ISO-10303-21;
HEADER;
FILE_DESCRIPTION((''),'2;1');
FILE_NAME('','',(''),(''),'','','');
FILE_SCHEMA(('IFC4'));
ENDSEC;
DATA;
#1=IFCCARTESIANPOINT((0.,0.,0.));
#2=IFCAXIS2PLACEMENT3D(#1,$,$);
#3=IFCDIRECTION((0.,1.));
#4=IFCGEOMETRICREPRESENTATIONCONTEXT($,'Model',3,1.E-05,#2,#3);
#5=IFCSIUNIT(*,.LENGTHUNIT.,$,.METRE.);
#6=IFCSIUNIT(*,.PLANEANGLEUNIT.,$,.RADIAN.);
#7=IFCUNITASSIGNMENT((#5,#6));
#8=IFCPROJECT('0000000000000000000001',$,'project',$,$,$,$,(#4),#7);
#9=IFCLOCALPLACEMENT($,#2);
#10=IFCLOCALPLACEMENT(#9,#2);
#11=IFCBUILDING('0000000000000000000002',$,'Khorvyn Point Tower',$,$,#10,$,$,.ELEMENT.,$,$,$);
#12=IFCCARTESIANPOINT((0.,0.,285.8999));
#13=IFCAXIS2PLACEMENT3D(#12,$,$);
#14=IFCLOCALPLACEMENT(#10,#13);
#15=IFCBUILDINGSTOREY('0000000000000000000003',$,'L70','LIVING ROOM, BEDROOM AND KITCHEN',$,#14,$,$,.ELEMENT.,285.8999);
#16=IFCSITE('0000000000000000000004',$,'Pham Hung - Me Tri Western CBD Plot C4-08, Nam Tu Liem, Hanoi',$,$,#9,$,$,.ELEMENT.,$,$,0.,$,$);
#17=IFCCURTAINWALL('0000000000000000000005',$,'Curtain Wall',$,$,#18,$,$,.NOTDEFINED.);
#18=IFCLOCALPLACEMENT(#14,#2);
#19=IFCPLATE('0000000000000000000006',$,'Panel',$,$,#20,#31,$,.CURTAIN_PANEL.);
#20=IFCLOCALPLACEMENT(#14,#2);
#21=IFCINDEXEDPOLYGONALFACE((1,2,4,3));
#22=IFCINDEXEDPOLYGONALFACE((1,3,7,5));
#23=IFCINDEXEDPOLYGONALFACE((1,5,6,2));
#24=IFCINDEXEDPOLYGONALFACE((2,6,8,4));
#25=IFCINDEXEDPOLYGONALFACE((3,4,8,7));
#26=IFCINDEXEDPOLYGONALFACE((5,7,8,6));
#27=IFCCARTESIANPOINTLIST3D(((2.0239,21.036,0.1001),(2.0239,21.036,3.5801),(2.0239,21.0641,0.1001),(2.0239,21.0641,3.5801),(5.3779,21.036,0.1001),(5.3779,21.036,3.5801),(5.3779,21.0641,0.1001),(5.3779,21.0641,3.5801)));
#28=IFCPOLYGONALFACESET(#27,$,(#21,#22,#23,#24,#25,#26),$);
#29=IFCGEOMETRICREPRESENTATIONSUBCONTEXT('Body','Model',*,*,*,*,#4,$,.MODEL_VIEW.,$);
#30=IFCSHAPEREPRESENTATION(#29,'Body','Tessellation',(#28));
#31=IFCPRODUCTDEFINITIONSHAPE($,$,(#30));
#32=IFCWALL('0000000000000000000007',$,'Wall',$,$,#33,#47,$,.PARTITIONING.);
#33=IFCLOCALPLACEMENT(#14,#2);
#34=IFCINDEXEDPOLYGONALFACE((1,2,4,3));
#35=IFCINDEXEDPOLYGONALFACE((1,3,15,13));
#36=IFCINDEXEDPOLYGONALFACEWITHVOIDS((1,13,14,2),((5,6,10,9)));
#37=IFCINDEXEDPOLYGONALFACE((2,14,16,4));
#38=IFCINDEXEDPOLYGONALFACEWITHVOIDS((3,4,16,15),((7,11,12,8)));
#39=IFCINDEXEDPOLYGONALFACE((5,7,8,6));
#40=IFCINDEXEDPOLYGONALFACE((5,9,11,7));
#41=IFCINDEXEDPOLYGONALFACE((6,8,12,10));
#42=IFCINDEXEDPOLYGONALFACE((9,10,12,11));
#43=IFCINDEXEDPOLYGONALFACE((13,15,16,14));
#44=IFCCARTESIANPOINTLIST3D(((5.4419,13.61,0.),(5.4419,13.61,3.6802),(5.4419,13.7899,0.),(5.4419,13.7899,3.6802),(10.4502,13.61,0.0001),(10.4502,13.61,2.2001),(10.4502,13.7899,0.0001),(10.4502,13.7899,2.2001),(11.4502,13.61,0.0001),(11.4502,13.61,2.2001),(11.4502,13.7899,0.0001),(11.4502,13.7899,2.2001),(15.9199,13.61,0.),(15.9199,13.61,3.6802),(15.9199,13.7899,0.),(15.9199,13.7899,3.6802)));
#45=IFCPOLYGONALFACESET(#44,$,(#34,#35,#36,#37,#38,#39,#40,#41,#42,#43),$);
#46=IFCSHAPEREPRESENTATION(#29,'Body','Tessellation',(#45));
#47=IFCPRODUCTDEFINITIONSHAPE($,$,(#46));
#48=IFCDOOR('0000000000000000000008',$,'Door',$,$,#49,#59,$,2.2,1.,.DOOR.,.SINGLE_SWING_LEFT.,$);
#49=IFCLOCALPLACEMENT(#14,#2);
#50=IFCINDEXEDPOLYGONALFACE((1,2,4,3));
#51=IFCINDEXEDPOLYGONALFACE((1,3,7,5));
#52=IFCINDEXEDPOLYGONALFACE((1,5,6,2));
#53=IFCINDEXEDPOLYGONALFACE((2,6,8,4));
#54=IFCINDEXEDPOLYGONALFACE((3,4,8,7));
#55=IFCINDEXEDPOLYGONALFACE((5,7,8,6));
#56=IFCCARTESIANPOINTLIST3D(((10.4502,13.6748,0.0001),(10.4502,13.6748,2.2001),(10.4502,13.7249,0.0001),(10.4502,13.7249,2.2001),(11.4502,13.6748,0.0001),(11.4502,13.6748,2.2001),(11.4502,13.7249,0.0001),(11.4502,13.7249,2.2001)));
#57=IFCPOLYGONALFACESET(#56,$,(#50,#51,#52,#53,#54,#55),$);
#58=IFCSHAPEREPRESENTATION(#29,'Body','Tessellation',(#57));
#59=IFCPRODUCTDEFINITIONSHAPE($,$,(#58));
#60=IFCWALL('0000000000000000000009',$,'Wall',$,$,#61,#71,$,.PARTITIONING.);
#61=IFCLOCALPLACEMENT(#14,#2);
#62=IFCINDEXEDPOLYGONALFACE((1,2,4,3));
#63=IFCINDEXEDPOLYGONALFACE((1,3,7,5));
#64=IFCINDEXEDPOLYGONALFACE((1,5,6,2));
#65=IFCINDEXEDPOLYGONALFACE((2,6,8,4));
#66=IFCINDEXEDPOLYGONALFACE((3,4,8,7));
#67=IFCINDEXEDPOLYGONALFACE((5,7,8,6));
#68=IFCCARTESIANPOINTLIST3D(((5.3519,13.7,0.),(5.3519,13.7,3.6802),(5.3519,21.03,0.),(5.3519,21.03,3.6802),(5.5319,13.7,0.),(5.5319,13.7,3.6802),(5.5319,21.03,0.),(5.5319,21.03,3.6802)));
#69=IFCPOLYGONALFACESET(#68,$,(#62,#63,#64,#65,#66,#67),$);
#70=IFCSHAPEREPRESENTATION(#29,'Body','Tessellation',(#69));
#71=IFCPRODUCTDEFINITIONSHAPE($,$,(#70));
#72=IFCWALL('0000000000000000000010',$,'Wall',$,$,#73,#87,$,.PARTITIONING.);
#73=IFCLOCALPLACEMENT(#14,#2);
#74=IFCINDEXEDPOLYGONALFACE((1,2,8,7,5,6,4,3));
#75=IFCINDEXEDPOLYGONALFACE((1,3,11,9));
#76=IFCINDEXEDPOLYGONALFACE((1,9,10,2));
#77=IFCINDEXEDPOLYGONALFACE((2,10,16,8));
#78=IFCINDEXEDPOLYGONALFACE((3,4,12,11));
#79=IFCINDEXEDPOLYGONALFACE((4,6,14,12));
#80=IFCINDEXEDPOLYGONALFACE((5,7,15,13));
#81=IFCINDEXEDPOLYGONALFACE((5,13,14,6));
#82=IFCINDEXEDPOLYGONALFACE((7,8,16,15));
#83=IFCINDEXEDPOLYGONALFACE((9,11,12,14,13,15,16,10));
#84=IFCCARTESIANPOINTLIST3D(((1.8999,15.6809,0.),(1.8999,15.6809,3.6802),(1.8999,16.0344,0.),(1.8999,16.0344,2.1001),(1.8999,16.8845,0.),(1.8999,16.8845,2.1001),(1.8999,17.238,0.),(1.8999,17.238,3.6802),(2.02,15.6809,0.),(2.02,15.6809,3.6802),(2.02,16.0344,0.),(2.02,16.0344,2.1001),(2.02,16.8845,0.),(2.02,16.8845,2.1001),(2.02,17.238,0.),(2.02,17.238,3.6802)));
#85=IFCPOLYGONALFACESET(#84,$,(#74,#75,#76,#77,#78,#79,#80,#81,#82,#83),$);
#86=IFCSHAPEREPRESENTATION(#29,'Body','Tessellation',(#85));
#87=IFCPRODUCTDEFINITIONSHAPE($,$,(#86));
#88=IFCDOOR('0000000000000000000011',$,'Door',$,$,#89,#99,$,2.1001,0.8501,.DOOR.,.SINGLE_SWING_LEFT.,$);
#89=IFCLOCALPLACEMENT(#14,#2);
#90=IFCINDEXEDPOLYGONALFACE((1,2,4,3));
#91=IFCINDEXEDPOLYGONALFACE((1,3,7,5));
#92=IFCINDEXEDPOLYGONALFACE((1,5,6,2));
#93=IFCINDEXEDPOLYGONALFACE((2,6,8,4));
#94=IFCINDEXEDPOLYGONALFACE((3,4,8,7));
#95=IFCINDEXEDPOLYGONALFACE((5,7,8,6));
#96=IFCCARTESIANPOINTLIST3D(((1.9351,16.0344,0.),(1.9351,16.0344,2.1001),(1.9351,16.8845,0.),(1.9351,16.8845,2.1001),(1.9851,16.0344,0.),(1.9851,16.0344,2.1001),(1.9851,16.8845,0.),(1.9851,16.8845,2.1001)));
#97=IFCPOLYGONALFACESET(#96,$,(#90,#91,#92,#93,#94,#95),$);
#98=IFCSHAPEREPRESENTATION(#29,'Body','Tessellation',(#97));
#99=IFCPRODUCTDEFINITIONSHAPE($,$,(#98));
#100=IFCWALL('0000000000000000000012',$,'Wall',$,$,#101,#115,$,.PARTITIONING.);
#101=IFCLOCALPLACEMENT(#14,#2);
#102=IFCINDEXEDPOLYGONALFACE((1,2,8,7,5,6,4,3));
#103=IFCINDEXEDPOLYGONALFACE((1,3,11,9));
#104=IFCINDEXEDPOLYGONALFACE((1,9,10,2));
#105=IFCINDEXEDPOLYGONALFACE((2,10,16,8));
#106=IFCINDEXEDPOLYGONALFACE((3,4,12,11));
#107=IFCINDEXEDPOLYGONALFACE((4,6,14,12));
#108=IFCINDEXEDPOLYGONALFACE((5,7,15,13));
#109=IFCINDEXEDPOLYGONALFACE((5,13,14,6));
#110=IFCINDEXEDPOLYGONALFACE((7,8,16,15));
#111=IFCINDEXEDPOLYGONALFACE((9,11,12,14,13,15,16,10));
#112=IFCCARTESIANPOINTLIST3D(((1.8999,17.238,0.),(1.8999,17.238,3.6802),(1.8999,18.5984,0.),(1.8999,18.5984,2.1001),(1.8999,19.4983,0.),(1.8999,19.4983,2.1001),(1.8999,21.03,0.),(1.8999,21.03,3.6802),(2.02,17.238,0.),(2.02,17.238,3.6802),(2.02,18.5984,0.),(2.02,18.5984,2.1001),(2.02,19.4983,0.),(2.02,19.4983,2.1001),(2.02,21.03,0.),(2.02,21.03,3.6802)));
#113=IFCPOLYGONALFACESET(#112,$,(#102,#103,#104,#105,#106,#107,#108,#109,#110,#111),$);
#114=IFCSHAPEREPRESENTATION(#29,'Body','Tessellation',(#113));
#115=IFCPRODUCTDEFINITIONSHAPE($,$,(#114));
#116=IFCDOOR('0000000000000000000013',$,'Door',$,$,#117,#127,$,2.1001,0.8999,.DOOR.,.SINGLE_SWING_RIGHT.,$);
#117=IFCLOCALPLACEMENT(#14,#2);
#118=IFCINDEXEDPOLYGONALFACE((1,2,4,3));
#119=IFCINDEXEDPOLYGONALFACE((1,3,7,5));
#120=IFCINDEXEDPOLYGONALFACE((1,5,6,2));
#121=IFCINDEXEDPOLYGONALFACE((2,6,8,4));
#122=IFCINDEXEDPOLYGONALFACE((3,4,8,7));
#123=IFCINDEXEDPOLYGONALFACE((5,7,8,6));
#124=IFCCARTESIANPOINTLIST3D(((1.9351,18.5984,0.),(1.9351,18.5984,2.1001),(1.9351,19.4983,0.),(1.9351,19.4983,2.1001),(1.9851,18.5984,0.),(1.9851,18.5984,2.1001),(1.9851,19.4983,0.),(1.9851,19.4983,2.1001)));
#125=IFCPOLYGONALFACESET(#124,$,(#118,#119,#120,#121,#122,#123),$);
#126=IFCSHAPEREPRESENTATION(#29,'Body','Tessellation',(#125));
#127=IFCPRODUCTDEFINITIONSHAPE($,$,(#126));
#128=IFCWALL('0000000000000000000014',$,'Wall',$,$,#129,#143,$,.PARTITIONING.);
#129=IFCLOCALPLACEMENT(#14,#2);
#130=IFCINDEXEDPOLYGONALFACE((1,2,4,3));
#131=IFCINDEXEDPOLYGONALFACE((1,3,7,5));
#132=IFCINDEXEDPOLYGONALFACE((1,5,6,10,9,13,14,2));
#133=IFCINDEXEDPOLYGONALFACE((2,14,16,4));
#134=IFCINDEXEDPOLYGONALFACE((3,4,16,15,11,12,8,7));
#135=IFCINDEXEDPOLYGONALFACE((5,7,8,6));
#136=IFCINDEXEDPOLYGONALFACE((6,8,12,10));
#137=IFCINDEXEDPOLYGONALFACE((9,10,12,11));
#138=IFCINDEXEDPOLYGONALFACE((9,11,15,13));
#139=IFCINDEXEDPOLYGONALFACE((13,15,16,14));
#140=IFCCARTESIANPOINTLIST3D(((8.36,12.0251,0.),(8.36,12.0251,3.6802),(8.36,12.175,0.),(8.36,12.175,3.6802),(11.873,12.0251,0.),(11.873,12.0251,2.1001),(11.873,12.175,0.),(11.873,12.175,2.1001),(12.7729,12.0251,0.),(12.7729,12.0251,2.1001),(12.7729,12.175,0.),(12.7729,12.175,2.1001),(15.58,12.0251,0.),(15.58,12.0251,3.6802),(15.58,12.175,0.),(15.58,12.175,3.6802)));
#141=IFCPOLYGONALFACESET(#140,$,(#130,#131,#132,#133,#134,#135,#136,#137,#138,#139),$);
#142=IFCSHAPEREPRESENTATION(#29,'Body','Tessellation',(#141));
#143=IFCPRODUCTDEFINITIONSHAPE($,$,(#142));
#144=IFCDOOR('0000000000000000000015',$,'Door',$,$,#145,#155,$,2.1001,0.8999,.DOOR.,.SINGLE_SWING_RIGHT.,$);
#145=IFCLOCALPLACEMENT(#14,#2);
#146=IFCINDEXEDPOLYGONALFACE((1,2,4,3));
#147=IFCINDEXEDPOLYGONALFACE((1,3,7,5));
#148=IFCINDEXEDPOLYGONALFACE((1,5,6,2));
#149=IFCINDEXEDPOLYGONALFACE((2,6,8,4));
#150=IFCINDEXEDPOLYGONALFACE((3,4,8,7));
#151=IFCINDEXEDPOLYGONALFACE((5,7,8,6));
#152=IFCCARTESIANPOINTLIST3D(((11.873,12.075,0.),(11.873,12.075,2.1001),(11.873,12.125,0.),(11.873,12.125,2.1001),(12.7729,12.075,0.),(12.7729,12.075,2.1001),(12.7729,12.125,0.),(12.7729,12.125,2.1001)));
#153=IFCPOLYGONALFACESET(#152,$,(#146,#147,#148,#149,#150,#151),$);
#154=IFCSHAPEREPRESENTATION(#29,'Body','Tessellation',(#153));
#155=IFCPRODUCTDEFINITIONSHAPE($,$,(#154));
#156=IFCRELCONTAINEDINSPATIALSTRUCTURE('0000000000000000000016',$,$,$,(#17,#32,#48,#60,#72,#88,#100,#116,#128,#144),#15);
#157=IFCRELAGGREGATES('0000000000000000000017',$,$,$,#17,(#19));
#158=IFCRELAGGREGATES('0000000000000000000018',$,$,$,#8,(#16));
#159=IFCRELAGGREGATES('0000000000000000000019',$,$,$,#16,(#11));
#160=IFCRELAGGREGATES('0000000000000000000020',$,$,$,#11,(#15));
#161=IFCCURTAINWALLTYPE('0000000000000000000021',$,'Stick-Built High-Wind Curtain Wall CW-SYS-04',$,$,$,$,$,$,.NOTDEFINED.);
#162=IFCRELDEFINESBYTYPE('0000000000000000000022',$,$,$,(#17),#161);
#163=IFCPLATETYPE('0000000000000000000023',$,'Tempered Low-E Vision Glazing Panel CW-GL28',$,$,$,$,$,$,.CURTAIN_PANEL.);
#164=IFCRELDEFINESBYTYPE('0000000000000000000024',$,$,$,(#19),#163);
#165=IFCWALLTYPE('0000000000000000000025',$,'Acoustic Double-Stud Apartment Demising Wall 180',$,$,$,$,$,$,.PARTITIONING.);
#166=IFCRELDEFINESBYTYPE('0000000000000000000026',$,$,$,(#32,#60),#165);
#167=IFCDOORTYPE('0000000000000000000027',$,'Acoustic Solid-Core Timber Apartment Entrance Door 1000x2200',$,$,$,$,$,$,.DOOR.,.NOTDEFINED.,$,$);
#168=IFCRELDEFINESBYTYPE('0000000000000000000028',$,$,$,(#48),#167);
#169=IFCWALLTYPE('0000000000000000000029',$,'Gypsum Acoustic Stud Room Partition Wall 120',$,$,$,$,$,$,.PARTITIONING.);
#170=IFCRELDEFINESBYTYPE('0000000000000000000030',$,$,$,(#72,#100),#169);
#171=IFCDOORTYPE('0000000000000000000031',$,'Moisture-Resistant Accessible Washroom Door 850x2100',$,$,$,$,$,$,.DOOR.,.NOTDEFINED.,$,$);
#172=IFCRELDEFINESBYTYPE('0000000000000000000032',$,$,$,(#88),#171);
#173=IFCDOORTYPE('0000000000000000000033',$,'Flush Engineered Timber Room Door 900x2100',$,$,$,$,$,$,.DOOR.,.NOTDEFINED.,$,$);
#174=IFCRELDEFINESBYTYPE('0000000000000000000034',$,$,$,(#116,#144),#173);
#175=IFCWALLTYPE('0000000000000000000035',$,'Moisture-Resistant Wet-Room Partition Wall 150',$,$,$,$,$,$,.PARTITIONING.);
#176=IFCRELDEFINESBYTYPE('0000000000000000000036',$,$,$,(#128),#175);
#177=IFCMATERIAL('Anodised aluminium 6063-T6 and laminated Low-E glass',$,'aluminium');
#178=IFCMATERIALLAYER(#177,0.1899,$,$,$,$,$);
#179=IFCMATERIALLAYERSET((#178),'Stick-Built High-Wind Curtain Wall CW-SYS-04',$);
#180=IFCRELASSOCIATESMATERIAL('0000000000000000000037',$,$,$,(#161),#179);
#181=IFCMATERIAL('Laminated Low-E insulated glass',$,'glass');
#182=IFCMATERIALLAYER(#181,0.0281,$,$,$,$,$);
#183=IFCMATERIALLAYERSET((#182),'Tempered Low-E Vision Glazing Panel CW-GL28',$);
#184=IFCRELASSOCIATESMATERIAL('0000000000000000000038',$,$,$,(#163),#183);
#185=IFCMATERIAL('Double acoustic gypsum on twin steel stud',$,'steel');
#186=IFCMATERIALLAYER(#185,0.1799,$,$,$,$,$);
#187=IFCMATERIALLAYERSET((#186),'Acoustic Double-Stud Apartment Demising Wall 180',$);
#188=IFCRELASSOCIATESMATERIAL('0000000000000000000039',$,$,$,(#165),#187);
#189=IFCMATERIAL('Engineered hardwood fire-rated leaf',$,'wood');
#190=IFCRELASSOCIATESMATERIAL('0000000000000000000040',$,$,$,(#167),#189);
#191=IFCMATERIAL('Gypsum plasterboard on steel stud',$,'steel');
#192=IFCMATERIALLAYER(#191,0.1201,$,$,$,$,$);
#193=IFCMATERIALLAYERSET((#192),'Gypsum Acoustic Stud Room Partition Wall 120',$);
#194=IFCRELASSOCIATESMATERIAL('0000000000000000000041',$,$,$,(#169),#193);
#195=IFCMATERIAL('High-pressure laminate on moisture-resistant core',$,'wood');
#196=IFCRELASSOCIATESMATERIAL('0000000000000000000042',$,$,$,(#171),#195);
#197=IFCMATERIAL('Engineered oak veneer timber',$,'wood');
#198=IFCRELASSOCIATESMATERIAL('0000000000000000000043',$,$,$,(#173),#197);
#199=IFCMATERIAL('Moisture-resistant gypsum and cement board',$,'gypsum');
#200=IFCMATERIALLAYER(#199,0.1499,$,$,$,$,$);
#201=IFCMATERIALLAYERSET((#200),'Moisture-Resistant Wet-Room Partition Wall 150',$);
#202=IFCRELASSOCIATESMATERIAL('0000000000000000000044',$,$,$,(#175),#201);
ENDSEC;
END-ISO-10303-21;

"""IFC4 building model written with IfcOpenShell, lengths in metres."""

from ifc_helpers import new_model, si_unit, direction, frame, frame_2d, origin, origin_2d, place, context, subcontext, project, spatial, rectangle, extrude, material, layer, layer_set, type_object, element, fill, aggregate, save


model = new_model("IFC4")

# Units and contexts
model_context = context("Model", 3, precision=1e-05, world=origin(), true_north=direction((0.0, 1.0)))
body_context = subcontext(model_context, "Body", "Model", "MODEL_VIEW")
ifc_project = project(units=[si_unit("LENGTHUNIT", "METRE"), si_unit("PLANEANGLEUNIT", "RADIAN")], contexts=[model_context])

# Site, building, storey
site_placement = place(None, origin())
site = spatial("IfcSite", under=ifc_project, at=site_placement, Name="Pham Hung - Me Tri Western CBD Plot C4-08, Nam Tu Liem, Hanoi", CompositionType="ELEMENT", RefElevation=0.0)
building_placement = place(site_placement, origin())
building = spatial("IfcBuilding", under=site, at=building_placement, Name="Khorvyn Point Tower", CompositionType="ELEMENT")
storey_placement = place(building_placement, frame((0.0, 0.0, 285.8999)))
storey = spatial("IfcBuildingStorey", under=building, at=storey_placement, Name="L70", Description="LIVING ROOM, BEDROOM AND KITCHEN", CompositionType="ELEMENT", Elevation=285.8999)

# Curtain wall
ifc_material_1 = material(Name="Anodised aluminium 6063-T6 and laminated Low-E glass", Category="aluminium")
ifc_layer_1 = layer(ifc_material_1, 0.1899)
ifc_layer_set_1 = layer_set([ifc_layer_1], Name="Stick-Built High-Wind Curtain Wall CW-SYS-04")
curtain_wall_type = type_object("IfcCurtainWallType", Name="Stick-Built High-Wind Curtain Wall CW-SYS-04", PredefinedType="NOTDEFINED", material=ifc_layer_set_1)
curtain_wall_placement = place(storey_placement, origin())
curtain_wall = element("IfcCurtainWall", 1, at=curtain_wall_placement, inside=storey, type_object=curtain_wall_type, Name="Curtain Wall", PredefinedType="NOTDEFINED")

# Plate
ifc_material_2 = material(Name="Laminated Low-E insulated glass", Category="glass")
ifc_layer_2 = layer(ifc_material_2, 0.0281)
ifc_layer_set_2 = layer_set([ifc_layer_2], Name="Tempered Low-E Vision Glazing Panel CW-GL28")
plate_type = type_object("IfcPlateType", Name="Tempered Low-E Vision Glazing Panel CW-GL28", PredefinedType="CURTAIN_PANEL", material=ifc_layer_set_2)
plate_1_placement = place(storey_placement, frame((3.7009, 21.05, 0.1001), z_axis=(0.0, 0.0, 1.0), x_axis=(1.0, 0.0, 0.0)))
plate_1 = element("IfcPlate", 2, at=plate_1_placement, type_object=plate_type, Name="Panel", PredefinedType="CURTAIN_PANEL", context=body_context, shape_type="SweptSolid", body=[
    extrude(rectangle(XDim=3.354, YDim=0.0281, at=origin_2d()), origin(), (0.0, 0.0, 1.0), 3.48),
])
aggregate(curtain_wall, [plate_1])

# Wall, opening, door
ifc_material_3 = material(Name="Double acoustic gypsum on twin steel stud", Category="steel")
ifc_layer_3 = layer(ifc_material_3, 0.1799)
ifc_layer_set_3 = layer_set([ifc_layer_3], Name="Acoustic Double-Stud Apartment Demising Wall 180")
wall_type_1 = type_object("IfcWallType", Name="Acoustic Double-Stud Apartment Demising Wall 180", PredefinedType="PARTITIONING", material=ifc_layer_set_3)
wall_1_placement = place(storey_placement, frame((5.4419, 13.7, 0.0), z_axis=(0.0, 0.0, 1.0), x_axis=(1.0, 0.0, 0.0)))
wall_1 = element("IfcWall", 3, at=wall_1_placement, inside=storey, type_object=wall_type_1, Name="Wall", PredefinedType="PARTITIONING", context=body_context, shape_type="SweptSolid", body=[
    extrude(rectangle(XDim=10.478, YDim=0.1799, at=frame_2d((5.239, 0.0))), origin(), (0.0, 0.0, 1.0), 3.6802),
])
opening_1_placement = place(wall_1_placement, frame((5.0083, 0.0, 0.0)))
opening_1 = element("IfcOpeningElement", 4, at=opening_1_placement, cuts=wall_1, PredefinedType="OPENING", context=body_context, shape_type="SweptSolid", body=[
    extrude(rectangle(XDim=1.0, YDim=2.2, at=frame_2d((0.5, 1.1001))), frame((0.0, 0.0999, 0.0), z_axis=(0.0, -1.0, 0.0), x_axis=(1.0, 0.0, 0.0)), (0.0, 0.0, 1.0), 0.2),
])
ifc_material_4 = material(Name="Engineered hardwood fire-rated leaf", Category="wood")
door_type_1 = type_object("IfcDoorType", Name="Acoustic Solid-Core Timber Apartment Entrance Door 1000x2200", OperationType="NOTDEFINED", PredefinedType="DOOR", material=ifc_material_4)
door_1_placement = place(opening_1_placement, origin())
door_1 = element("IfcDoor", 5, at=door_1_placement, inside=storey, type_object=door_type_1, Name="Door", OperationType="SINGLE_SWING_LEFT", OverallHeight=2.2, OverallWidth=1.0, PredefinedType="DOOR", context=body_context, shape_type="SweptSolid", body=[
    extrude(rectangle(XDim=1.0, YDim=2.2, at=frame_2d((0.5, 1.1001))), frame((0.0, 0.0249, 0.0), z_axis=(0.0, -1.0, 0.0), x_axis=(1.0, 0.0, 0.0)), (0.0, 0.0, 1.0), 0.05),
])
fill(opening_1, door_1)

# Wall
wall_2_placement = place(storey_placement, frame((5.4419, 13.7, 0.0), z_axis=(0.0, 0.0, 1.0), x_axis=(0.0, 1.0, 0.0)))
element("IfcWall", 6, at=wall_2_placement, inside=storey, type_object=wall_type_1, Name="Wall", PredefinedType="PARTITIONING", context=body_context, shape_type="SweptSolid", body=[
    extrude(rectangle(XDim=7.3301, YDim=0.1799, at=frame_2d((3.665, 0.0))), origin(), (0.0, 0.0, 1.0), 3.6802),
])

# Walls, openings, doors
ifc_material_5 = material(Name="Gypsum plasterboard on steel stud", Category="steel")
ifc_layer_4 = layer(ifc_material_5, 0.1201)
ifc_layer_set_4 = layer_set([ifc_layer_4], Name="Gypsum Acoustic Stud Room Partition Wall 120")
wall_type_2 = type_object("IfcWallType", Name="Gypsum Acoustic Stud Room Partition Wall 120", PredefinedType="PARTITIONING", material=ifc_layer_set_4)
wall_3_placement = place(storey_placement, frame((1.96, 15.6809, 0.0), z_axis=(0.0, 0.0, 1.0), x_axis=(0.0, 1.0, 0.0)))
wall_3 = element("IfcWall", 7, at=wall_3_placement, inside=storey, type_object=wall_type_2, Name="Wall", PredefinedType="PARTITIONING", context=body_context, shape_type="SweptSolid", body=[
    extrude(rectangle(XDim=1.5571, YDim=0.1201, at=frame_2d((0.7786, 0.0))), origin(), (0.0, 0.0, 1.0), 3.6802),
])
opening_2_placement = place(wall_3_placement, frame((0.3535, 0.0, 0.0)))
opening_2 = element("IfcOpeningElement", 8, at=opening_2_placement, cuts=wall_3, PredefinedType="OPENING", context=body_context, shape_type="SweptSolid", body=[
    extrude(rectangle(XDim=0.8501, YDim=2.1001, at=frame_2d((0.425, 1.05))), frame((0.0, 0.0701, 0.0), z_axis=(0.0, -1.0, 0.0), x_axis=(1.0, 0.0, 0.0)), (0.0, 0.0, 1.0), 0.1401),
])
ifc_material_6 = material(Name="High-pressure laminate on moisture-resistant core", Category="wood")
door_type_2 = type_object("IfcDoorType", Name="Moisture-Resistant Accessible Washroom Door 850x2100", OperationType="NOTDEFINED", PredefinedType="DOOR", material=ifc_material_6)
door_2_placement = place(opening_2_placement, origin())
door_2 = element("IfcDoor", 9, at=door_2_placement, inside=storey, type_object=door_type_2, Name="Door", OperationType="SINGLE_SWING_LEFT", OverallHeight=2.1001, OverallWidth=0.8501, PredefinedType="DOOR", context=body_context, shape_type="SweptSolid", body=[
    extrude(rectangle(XDim=0.8501, YDim=2.1001, at=frame_2d((0.425, 1.05))), frame((0.0, 0.0249, 0.0), z_axis=(0.0, -1.0, 0.0), x_axis=(1.0, 0.0, 0.0)), (0.0, 0.0, 1.0), 0.05),
])
fill(opening_2, door_2)
wall_4_placement = place(storey_placement, frame((1.96, 17.238, 0.0), z_axis=(0.0, 0.0, 1.0), x_axis=(0.0, 1.0, 0.0)))
wall_4 = element("IfcWall", 10, at=wall_4_placement, inside=storey, type_object=wall_type_2, Name="Wall", PredefinedType="PARTITIONING", context=body_context, shape_type="SweptSolid", body=[
    extrude(rectangle(XDim=3.792, YDim=0.1201, at=frame_2d((1.896, 0.0))), origin(), (0.0, 0.0, 1.0), 3.6802),
])
opening_3_placement = place(wall_4_placement, frame((1.3604, 0.0, 0.0)))
opening_3 = element("IfcOpeningElement", 11, at=opening_3_placement, cuts=wall_4, PredefinedType="OPENING", context=body_context, shape_type="SweptSolid", body=[
    extrude(rectangle(XDim=0.8999, YDim=2.1001, at=frame_2d((0.45, 1.05))), frame((0.0, 0.0701, 0.0), z_axis=(0.0, -1.0, 0.0), x_axis=(1.0, 0.0, 0.0)), (0.0, 0.0, 1.0), 0.1401),
])
ifc_material_7 = material(Name="Engineered oak veneer timber", Category="wood")
door_type_3 = type_object("IfcDoorType", Name="Flush Engineered Timber Room Door 900x2100", OperationType="NOTDEFINED", PredefinedType="DOOR", material=ifc_material_7)
door_3_placement = place(opening_3_placement, origin())
door_3 = element("IfcDoor", 12, at=door_3_placement, inside=storey, type_object=door_type_3, Name="Door", OperationType="SINGLE_SWING_RIGHT", OverallHeight=2.1001, OverallWidth=0.8999, PredefinedType="DOOR", context=body_context, shape_type="SweptSolid", body=[
    extrude(rectangle(XDim=0.8999, YDim=2.1001, at=frame_2d((0.45, 1.05))), frame((0.0, 0.0249, 0.0), z_axis=(0.0, -1.0, 0.0), x_axis=(1.0, 0.0, 0.0)), (0.0, 0.0, 1.0), 0.05),
])
fill(opening_3, door_3)
ifc_material_8 = material(Name="Moisture-resistant gypsum and cement board", Category="gypsum")
ifc_layer_5 = layer(ifc_material_8, 0.1499)
ifc_layer_set_5 = layer_set([ifc_layer_5], Name="Moisture-Resistant Wet-Room Partition Wall 150")
wall_type_3 = type_object("IfcWallType", Name="Moisture-Resistant Wet-Room Partition Wall 150", PredefinedType="PARTITIONING", material=ifc_layer_set_5)
wall_5_placement = place(storey_placement, frame((8.3601, 12.1001, 0.0), z_axis=(0.0, 0.0, 1.0), x_axis=(1.0, 0.0, 0.0)))
wall_5 = element("IfcWall", 13, at=wall_5_placement, inside=storey, type_object=wall_type_3, Name="Wall", PredefinedType="PARTITIONING", context=body_context, shape_type="SweptSolid", body=[
    extrude(rectangle(XDim=7.22, YDim=0.1499, at=frame_2d((3.6099, 0.0))), origin(), (0.0, 0.0, 1.0), 3.6802),
])
opening_4_placement = place(wall_5_placement, frame((3.5129, 0.0, 0.0)))
opening_4 = element("IfcOpeningElement", 14, at=opening_4_placement, cuts=wall_5, PredefinedType="OPENING", context=body_context, shape_type="SweptSolid", body=[
    extrude(rectangle(XDim=0.8999, YDim=2.1001, at=frame_2d((0.45, 1.05))), frame((0.0, 0.085, 0.0), z_axis=(0.0, -1.0, 0.0), x_axis=(1.0, 0.0, 0.0)), (0.0, 0.0, 1.0), 0.1699),
])
door_4_placement = place(opening_4_placement, origin())
door_4 = element("IfcDoor", 15, at=door_4_placement, inside=storey, type_object=door_type_3, Name="Door", OperationType="SINGLE_SWING_RIGHT", OverallHeight=2.1001, OverallWidth=0.8999, PredefinedType="DOOR", context=body_context, shape_type="SweptSolid", body=[
    extrude(rectangle(XDim=0.8999, YDim=2.1001, at=frame_2d((0.45, 1.05))), frame((0.0, 0.0249, 0.0), z_axis=(0.0, -1.0, 0.0), x_axis=(1.0, 0.0, 0.0)), (0.0, 0.0, 1.0), 0.05),
])
fill(opening_4, door_4)

save(model, "model.ifc")
